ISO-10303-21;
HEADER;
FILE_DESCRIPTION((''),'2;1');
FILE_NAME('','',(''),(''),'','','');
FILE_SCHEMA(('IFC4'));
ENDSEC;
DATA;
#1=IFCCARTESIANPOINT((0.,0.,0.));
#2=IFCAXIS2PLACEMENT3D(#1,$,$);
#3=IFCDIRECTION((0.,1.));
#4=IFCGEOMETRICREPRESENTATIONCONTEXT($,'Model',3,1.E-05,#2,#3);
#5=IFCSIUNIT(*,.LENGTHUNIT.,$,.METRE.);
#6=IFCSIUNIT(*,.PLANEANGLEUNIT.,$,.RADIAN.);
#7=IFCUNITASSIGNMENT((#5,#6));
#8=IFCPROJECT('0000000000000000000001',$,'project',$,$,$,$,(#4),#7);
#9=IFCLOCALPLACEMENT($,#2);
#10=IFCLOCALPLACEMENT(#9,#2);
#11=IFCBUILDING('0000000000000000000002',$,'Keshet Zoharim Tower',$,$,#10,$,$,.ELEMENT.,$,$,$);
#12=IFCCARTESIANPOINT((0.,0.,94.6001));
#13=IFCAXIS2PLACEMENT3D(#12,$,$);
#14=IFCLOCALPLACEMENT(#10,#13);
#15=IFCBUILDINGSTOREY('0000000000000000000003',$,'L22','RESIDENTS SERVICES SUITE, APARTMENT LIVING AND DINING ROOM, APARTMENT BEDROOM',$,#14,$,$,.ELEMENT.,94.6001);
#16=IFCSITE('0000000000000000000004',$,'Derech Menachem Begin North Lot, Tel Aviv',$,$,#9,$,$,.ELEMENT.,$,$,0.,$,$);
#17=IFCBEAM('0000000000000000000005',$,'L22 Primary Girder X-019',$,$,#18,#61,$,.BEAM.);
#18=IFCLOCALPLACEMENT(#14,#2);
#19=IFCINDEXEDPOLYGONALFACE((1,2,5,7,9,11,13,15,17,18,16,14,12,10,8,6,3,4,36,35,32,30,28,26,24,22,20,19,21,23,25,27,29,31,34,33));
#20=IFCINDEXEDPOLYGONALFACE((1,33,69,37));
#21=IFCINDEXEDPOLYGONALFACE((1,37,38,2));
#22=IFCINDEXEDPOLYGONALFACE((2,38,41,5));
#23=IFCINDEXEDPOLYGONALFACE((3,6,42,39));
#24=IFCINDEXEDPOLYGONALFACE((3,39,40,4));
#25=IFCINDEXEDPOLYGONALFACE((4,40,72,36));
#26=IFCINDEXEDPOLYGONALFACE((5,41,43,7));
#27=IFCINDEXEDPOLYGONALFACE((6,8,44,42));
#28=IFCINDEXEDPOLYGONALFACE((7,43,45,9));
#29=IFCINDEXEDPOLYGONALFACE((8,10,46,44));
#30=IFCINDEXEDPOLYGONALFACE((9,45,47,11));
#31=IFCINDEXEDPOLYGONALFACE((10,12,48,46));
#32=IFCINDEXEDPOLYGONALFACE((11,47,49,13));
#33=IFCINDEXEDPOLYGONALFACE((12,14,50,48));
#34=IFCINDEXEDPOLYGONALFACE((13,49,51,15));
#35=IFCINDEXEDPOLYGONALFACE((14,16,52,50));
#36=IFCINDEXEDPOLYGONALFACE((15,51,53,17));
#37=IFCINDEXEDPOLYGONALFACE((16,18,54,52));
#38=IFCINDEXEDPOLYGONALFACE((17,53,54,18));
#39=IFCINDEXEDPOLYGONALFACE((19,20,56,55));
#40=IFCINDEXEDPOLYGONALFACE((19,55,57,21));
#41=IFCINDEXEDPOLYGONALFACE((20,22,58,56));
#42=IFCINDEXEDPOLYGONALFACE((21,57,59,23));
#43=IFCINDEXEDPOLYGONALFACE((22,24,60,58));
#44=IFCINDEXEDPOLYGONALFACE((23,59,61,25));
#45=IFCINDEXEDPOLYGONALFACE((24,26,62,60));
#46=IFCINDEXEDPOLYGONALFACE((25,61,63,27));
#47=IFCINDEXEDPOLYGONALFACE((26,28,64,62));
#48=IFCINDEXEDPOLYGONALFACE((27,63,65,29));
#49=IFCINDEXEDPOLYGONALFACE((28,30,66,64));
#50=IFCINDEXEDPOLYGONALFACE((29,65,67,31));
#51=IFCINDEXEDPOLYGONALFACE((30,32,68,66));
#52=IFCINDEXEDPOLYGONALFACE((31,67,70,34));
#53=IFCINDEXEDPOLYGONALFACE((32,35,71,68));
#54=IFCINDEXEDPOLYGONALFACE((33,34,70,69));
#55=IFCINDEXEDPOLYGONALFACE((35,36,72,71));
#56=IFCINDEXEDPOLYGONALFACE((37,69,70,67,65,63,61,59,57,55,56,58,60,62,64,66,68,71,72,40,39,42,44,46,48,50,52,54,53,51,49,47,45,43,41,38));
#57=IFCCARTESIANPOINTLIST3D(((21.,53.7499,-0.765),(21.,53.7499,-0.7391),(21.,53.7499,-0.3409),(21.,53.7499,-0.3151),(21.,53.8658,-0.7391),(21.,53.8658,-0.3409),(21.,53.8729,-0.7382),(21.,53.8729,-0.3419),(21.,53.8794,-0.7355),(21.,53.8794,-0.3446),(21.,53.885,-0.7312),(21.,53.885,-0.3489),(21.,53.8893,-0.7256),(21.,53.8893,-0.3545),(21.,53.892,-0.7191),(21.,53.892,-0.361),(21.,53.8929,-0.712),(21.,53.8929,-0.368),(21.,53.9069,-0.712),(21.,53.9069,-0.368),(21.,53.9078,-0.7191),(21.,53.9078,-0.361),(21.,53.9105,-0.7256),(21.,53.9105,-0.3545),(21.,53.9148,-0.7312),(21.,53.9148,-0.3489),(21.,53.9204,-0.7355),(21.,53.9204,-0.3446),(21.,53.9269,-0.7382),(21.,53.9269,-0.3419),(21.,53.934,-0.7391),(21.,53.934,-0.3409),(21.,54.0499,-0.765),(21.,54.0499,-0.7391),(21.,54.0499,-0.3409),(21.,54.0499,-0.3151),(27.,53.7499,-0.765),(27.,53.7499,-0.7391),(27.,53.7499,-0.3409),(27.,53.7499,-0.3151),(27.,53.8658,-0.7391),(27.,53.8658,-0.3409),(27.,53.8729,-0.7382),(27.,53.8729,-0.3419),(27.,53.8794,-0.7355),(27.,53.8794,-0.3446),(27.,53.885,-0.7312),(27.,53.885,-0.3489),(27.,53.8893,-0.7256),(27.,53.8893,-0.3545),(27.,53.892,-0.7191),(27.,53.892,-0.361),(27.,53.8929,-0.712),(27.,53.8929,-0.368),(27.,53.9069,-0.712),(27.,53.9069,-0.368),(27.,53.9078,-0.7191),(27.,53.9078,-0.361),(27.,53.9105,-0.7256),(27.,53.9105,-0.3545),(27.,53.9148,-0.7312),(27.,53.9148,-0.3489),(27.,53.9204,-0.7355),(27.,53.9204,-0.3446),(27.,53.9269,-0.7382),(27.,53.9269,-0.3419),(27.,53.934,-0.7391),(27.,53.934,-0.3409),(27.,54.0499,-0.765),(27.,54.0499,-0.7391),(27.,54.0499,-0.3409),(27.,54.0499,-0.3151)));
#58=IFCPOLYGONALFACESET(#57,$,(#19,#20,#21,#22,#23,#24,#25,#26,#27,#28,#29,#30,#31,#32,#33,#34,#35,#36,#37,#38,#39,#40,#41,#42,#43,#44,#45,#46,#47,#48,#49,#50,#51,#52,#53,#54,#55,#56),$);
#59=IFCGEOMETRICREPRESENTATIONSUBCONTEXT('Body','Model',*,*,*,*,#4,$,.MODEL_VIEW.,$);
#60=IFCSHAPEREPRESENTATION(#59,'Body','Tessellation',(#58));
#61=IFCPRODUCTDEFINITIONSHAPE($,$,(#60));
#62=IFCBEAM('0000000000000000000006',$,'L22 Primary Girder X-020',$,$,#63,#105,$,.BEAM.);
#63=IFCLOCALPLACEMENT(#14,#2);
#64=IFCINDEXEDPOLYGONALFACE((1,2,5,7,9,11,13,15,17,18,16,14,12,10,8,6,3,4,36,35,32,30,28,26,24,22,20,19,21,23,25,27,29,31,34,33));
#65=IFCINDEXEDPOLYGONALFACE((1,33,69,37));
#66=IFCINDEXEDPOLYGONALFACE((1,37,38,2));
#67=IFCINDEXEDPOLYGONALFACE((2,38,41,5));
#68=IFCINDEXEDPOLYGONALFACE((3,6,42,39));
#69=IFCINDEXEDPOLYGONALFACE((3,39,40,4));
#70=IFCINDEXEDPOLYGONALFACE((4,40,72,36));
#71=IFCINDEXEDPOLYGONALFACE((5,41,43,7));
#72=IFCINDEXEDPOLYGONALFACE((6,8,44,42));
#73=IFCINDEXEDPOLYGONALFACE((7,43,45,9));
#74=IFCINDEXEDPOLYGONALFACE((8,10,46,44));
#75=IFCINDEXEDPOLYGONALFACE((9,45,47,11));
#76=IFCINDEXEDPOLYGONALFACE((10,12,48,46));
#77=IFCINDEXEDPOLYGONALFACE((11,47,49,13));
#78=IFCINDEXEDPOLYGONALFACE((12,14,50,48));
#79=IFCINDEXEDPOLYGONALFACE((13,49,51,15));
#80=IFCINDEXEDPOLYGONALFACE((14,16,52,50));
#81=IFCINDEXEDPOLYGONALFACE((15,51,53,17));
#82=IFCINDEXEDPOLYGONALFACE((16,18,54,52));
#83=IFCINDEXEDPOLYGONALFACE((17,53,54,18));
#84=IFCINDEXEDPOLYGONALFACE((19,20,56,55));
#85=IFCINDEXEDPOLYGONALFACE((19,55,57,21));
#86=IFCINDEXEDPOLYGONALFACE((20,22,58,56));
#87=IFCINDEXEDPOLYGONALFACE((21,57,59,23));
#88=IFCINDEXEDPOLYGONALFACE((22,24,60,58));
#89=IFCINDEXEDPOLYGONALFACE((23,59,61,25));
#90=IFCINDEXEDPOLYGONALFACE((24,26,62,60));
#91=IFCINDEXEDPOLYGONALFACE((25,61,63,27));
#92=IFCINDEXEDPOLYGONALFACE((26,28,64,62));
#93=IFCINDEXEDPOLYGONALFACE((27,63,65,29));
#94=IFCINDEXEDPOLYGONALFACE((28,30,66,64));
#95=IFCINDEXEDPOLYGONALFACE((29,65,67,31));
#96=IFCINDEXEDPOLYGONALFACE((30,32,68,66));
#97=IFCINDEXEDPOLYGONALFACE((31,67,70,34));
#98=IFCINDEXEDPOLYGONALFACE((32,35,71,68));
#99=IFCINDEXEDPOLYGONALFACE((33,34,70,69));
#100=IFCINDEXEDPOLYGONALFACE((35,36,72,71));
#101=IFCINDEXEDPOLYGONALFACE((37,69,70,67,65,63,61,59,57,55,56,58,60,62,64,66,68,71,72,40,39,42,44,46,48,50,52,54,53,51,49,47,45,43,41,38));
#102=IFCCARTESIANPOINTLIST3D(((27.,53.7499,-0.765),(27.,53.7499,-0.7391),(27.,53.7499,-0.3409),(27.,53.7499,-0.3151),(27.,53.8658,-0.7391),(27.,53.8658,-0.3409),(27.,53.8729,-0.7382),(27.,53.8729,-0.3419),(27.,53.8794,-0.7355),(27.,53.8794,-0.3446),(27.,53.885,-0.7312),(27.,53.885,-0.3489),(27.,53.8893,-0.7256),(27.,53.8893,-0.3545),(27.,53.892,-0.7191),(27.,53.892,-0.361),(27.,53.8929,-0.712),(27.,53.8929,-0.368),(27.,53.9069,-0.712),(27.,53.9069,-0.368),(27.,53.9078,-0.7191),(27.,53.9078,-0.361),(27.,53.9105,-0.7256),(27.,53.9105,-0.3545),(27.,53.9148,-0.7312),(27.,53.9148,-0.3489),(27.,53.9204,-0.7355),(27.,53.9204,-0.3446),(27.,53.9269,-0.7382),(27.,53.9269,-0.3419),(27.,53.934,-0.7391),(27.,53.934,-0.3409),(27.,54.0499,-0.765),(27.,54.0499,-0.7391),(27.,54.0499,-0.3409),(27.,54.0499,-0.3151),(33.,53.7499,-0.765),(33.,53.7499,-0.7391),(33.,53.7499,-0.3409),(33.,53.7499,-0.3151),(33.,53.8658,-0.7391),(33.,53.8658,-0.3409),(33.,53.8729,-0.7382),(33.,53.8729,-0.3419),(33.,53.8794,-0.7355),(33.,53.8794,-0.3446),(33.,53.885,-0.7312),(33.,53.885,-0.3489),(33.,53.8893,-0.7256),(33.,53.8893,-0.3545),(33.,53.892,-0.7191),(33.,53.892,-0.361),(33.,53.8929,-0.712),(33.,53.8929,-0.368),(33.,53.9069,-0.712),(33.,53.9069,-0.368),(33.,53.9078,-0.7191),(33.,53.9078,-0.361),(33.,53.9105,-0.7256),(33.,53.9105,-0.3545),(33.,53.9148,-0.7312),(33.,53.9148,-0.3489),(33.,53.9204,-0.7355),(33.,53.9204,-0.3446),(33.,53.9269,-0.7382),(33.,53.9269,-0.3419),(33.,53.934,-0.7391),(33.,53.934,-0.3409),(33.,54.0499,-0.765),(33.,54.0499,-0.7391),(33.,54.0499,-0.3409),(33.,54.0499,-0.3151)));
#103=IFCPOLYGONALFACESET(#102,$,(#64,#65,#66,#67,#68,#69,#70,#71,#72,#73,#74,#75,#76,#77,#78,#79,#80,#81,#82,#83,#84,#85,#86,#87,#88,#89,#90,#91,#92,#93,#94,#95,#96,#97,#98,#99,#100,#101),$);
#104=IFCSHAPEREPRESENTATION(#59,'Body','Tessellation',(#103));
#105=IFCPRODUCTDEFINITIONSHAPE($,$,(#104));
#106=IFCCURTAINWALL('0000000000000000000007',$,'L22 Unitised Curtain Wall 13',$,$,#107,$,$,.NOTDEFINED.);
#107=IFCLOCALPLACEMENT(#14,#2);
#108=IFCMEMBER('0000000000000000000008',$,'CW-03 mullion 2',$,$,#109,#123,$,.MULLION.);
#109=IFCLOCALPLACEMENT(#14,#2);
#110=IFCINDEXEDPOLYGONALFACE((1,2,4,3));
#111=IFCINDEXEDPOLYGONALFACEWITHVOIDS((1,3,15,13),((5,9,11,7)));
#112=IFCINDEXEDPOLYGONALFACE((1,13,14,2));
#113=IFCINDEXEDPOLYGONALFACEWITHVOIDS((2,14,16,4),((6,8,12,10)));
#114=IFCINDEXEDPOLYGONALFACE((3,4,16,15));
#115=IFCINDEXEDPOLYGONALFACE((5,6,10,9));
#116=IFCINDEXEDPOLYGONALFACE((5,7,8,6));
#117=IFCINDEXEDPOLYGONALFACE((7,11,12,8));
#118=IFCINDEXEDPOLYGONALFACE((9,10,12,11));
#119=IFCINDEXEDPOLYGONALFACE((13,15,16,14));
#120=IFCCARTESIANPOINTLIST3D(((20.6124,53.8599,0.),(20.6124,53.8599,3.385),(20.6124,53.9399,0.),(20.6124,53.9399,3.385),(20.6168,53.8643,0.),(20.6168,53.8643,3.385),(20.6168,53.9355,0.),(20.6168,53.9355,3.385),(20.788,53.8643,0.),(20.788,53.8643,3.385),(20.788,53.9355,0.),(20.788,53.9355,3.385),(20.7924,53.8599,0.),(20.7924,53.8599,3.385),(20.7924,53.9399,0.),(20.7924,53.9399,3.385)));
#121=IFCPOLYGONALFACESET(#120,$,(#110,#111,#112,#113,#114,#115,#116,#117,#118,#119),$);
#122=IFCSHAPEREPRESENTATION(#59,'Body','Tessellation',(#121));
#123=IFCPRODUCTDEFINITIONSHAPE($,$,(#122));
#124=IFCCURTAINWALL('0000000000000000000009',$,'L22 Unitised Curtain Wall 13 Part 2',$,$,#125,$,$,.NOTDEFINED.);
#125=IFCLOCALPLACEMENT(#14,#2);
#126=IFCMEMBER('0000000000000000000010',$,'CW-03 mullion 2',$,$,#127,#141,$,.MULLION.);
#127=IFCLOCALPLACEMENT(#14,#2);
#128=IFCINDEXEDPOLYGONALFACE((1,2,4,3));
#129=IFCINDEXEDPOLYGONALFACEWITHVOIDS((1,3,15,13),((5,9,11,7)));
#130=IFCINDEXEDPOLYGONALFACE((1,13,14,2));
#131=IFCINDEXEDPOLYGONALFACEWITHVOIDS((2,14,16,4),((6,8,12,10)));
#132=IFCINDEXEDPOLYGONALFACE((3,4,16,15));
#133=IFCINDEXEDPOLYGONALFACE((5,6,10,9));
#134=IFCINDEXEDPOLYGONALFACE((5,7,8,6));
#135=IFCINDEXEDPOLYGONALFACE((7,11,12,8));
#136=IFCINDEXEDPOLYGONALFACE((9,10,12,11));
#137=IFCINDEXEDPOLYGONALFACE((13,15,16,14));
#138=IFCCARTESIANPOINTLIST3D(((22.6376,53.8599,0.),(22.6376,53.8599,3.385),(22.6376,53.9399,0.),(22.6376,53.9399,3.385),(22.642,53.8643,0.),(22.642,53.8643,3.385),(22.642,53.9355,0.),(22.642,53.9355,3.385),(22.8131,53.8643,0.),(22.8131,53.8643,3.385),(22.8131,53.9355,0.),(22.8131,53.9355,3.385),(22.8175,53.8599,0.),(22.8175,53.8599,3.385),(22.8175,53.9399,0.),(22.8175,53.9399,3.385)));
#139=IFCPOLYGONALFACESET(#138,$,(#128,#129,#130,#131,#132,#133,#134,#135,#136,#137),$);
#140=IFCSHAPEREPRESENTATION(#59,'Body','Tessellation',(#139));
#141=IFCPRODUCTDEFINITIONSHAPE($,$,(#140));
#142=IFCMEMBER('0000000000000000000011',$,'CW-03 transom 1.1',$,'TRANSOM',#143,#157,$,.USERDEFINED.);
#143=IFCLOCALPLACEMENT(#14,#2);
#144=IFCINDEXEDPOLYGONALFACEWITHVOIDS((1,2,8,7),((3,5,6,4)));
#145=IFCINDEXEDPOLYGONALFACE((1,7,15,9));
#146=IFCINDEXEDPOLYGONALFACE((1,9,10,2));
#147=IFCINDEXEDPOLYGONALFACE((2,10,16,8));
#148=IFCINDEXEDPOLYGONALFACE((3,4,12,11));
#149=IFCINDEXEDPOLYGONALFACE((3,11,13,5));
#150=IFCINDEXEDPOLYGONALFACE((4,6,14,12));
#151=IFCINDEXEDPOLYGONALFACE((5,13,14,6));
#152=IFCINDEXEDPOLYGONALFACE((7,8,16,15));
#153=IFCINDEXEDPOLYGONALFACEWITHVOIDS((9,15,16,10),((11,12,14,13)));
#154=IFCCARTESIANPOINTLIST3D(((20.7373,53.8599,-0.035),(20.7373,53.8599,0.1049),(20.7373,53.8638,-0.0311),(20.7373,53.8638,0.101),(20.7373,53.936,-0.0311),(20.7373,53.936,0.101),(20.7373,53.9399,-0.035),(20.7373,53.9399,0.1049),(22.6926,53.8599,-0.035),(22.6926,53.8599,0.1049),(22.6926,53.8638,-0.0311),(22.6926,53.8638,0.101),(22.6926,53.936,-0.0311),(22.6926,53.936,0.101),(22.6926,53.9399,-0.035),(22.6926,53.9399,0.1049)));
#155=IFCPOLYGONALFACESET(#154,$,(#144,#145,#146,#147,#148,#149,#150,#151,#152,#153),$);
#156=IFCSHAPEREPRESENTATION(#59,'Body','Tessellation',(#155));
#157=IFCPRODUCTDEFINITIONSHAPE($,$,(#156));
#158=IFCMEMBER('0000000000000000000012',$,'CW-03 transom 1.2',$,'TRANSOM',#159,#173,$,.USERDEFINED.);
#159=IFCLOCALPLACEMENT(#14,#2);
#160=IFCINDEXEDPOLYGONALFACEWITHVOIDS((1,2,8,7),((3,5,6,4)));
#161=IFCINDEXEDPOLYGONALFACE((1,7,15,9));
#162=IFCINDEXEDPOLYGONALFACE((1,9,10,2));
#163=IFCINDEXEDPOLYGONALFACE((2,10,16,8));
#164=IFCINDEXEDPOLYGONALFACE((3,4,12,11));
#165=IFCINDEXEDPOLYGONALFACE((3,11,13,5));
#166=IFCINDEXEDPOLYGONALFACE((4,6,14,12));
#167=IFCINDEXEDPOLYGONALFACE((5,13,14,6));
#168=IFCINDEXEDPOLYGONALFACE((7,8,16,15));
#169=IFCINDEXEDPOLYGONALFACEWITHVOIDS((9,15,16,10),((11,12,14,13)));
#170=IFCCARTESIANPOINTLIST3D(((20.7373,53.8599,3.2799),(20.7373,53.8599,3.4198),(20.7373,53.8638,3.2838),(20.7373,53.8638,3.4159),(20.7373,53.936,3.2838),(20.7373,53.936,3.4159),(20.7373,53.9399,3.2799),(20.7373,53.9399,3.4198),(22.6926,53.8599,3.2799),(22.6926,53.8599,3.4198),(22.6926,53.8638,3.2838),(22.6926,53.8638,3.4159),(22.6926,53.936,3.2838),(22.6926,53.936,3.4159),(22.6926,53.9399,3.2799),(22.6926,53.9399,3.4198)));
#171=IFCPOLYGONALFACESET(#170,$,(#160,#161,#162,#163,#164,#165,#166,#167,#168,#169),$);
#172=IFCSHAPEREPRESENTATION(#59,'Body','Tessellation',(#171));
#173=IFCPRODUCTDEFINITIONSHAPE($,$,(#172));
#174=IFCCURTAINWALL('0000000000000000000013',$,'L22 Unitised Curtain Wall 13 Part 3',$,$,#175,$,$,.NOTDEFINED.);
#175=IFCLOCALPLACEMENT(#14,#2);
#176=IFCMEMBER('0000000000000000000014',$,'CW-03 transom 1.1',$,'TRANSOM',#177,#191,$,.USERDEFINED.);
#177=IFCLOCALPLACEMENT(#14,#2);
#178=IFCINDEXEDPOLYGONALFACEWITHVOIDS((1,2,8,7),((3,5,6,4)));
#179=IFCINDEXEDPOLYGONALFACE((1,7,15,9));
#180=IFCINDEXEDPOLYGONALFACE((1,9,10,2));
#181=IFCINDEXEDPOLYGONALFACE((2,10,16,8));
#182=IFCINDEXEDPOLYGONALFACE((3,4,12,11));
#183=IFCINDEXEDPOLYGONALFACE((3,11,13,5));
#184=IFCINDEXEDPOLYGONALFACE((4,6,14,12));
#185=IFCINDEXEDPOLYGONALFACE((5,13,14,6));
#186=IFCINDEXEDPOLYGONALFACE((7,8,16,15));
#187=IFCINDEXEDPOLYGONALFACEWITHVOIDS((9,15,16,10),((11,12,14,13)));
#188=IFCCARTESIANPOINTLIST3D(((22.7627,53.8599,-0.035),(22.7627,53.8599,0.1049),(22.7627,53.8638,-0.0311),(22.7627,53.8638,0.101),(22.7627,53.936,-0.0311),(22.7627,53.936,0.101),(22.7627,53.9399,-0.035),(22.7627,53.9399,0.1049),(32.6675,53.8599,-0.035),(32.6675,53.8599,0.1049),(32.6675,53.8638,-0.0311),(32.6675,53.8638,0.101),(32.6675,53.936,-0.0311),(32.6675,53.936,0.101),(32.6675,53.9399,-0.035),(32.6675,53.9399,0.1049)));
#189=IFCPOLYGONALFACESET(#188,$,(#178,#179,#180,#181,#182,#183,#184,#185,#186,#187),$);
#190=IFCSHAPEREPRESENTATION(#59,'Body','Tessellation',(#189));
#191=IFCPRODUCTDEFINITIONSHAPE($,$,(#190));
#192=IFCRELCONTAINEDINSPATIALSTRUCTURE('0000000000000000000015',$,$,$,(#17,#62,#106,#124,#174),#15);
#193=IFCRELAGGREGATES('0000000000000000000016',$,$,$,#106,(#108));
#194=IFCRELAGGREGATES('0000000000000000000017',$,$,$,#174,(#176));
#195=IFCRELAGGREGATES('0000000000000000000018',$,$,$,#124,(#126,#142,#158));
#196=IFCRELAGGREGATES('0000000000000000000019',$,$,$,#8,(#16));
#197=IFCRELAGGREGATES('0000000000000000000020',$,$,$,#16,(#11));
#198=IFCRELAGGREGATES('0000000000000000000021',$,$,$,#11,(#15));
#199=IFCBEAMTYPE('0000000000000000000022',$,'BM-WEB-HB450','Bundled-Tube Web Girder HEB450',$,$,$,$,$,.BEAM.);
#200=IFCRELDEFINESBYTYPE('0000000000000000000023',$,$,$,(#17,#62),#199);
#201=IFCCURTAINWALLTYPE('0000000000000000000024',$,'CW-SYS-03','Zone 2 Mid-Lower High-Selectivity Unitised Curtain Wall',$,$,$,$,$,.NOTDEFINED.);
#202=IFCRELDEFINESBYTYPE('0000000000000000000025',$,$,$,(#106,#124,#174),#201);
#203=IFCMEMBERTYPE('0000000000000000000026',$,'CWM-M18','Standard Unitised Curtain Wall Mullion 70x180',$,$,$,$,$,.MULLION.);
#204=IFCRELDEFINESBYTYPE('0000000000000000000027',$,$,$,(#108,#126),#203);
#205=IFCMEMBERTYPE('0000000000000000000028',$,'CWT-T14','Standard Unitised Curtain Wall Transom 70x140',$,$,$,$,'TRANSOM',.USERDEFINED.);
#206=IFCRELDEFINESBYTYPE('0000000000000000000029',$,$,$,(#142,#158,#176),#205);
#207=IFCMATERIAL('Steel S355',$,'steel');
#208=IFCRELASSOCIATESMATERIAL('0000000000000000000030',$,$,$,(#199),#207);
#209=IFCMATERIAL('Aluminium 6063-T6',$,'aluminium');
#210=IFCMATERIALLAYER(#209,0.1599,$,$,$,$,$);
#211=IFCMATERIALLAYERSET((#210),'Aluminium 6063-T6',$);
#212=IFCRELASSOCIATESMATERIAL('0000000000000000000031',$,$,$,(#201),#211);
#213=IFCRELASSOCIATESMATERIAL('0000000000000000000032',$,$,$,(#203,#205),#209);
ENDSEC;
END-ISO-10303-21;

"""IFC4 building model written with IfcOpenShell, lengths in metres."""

from ifc_helpers import new_model, si_unit, direction, frame, origin, origin_2d, place, context, subcontext, project, spatial, hollow_rectangle, i_section, extrude, material, layer, layer_set, material_profile, profile_set, type_object, element, aggregate, save


model = new_model("IFC4")

# Units and contexts
model_context = context("Model", 3, precision=1e-05, world=origin(), true_north=direction((0.0, 1.0)))
body_context = subcontext(model_context, "Body", "Model", "MODEL_VIEW")
ifc_project = project(units=[si_unit("LENGTHUNIT", "METRE"), si_unit("PLANEANGLEUNIT", "RADIAN")], contexts=[model_context])

# Site, building, storey
site_placement = place(None, origin())
site = spatial("IfcSite", under=ifc_project, at=site_placement, Name="Derech Menachem Begin North Lot, Tel Aviv", CompositionType="ELEMENT", RefElevation=0.0)
building_placement = place(site_placement, origin())
building = spatial("IfcBuilding", under=site, at=building_placement, Name="Keshet Zoharim Tower", CompositionType="ELEMENT")
storey_placement = place(building_placement, frame((0.0, 0.0, 94.6001)))
storey = spatial("IfcBuildingStorey", under=building, at=storey_placement, Name="L22", Description="RESIDENTS SERVICES SUITE, APARTMENT LIVING AND DINING ROOM, APARTMENT BEDROOM", CompositionType="ELEMENT", Elevation=94.6001)

# Shared definitions
ifc_material_1 = material(Name="Steel S355", Category="steel")

# Beams
ifc_material_profile_1 = material_profile(ifc_material_1, i_section(OverallWidth=0.3, OverallDepth=0.45, WebThickness=0.0139, FlangeThickness=0.0259, FilletRadius=0.0271, at=origin_2d()), Name="HEB450")
ifc_profile_set_1 = profile_set([ifc_material_profile_1], Name="Steel S355")
beam_type_1 = type_object("IfcBeamType", Name="BM-WEB-HB450", Description="Bundled-Tube Web Girder HEB450", PredefinedType="BEAM", material=ifc_profile_set_1)
for number, where, z_axis, x_axis, name in (
    (1, (21.0, 53.8999, -0.54), (1.0, 0.0, 0.0), (0.0, 1.0, 0.0), "L22 Primary Girder X-019"),
    (2, (27.0, 53.8999, -0.54), (1.0, 0.0, 0.0), (0.0, 1.0, 0.0), "L22 Primary Girder X-020"),
):
    element("IfcBeam", number, at=place(storey_placement, frame(where, z_axis=z_axis, x_axis=x_axis)), inside=storey, type_object=beam_type_1, Name=name, PredefinedType="BEAM", context=body_context, shape_type="SweptSolid", body=[
        extrude(i_section(OverallWidth=0.3, OverallDepth=0.45, WebThickness=0.0139, FlangeThickness=0.0259, FilletRadius=0.0271, at=origin_2d()), origin(), (0.0, 0.0, 1.0), 6.0),
    ])

# Curtain wall, member
ifc_material_2 = material(Name="Aluminium 6063-T6", Category="aluminium")
ifc_layer_1 = layer(ifc_material_2, 0.1599)
ifc_layer_set_1 = layer_set([ifc_layer_1], Name="Aluminium 6063-T6")
curtain_wall_type = type_object("IfcCurtainWallType", Name="CW-SYS-03", Description="Zone 2 Mid-Lower High-Selectivity Unitised Curtain Wall", PredefinedType="NOTDEFINED", material=ifc_layer_set_1)
curtain_wall_1_placement = place(storey_placement, origin())
curtain_wall_1 = element("IfcCurtainWall", 3, at=curtain_wall_1_placement, inside=storey, type_object=curtain_wall_type, Name="L22 Unitised Curtain Wall 13", PredefinedType="NOTDEFINED")
ifc_material_profile_2 = material_profile(ifc_material_2, hollow_rectangle(XDim=0.0801, YDim=0.1799, WallThickness=0.0044, at=origin_2d()), Name="MUL-80x180")
ifc_profile_set_2 = profile_set([ifc_material_profile_2], Name="Aluminium 6063-T6")
member_type_1 = type_object("IfcMemberType", Name="CWM-M18", Description="Standard Unitised Curtain Wall Mullion 70x180", PredefinedType="MULLION", material=ifc_profile_set_2)
member_1_placement = place(storey_placement, frame((20.7024, 53.8999, 0.0), z_axis=(0.0, 0.0, 1.0), x_axis=(0.0, 1.0, 0.0)))
member_1 = element("IfcMember", 4, at=member_1_placement, type_object=member_type_1, Name="CW-03 mullion 2", PredefinedType="MULLION", context=body_context, shape_type="SweptSolid", body=[
    extrude(hollow_rectangle(XDim=0.0801, YDim=0.1799, WallThickness=0.0044, at=origin_2d()), origin(), (0.0, 0.0, 1.0), 3.385),
])

# Curtain walls, members
curtain_wall_2_placement = place(storey_placement, origin())
curtain_wall_2 = element("IfcCurtainWall", 5, at=curtain_wall_2_placement, inside=storey, type_object=curtain_wall_type, Name="L22 Unitised Curtain Wall 13 Part 2", PredefinedType="NOTDEFINED")
member_2_placement = place(storey_placement, frame((22.7275, 53.8999, 0.0), z_axis=(0.0, 0.0, 1.0), x_axis=(0.0, 1.0, 0.0)))
member_2 = element("IfcMember", 6, at=member_2_placement, type_object=member_type_1, Name="CW-03 mullion 2", PredefinedType="MULLION", context=body_context, shape_type="SweptSolid", body=[
    extrude(hollow_rectangle(XDim=0.0801, YDim=0.1799, WallThickness=0.0044, at=origin_2d()), origin(), (0.0, 0.0, 1.0), 3.385),
])
ifc_material_profile_3 = material_profile(ifc_material_2, hollow_rectangle(XDim=0.0801, YDim=0.1399, WallThickness=0.0039, at=origin_2d()), Name="TRN-80x140")
ifc_profile_set_3 = profile_set([ifc_material_profile_3], Name="Aluminium 6063-T6")
member_type_2 = type_object("IfcMemberType", Name="CWT-T14", Description="Standard Unitised Curtain Wall Transom 70x140", ElementType="TRANSOM", PredefinedType="USERDEFINED", material=ifc_profile_set_3)
member_3_placement = place(storey_placement, frame((20.7373, 53.8999, 0.0349), z_axis=(1.0, 0.0, 0.0), x_axis=(0.0, 1.0, 0.0)))
member_3 = element("IfcMember", 7, at=member_3_placement, type_object=member_type_2, Name="CW-03 transom 1.1", ObjectType="TRANSOM", PredefinedType="USERDEFINED", context=body_context, shape_type="SweptSolid", body=[
    extrude(hollow_rectangle(XDim=0.0801, YDim=0.1399, WallThickness=0.0039, at=origin_2d()), origin(), (0.0, 0.0, 1.0), 1.9553),
])
member_4_placement = place(storey_placement, frame((20.7373, 53.8999, 3.3499), z_axis=(1.0, 0.0, 0.0), x_axis=(0.0, 1.0, 0.0)))
member_4 = element("IfcMember", 8, at=member_4_placement, type_object=member_type_2, Name="CW-03 transom 1.2", ObjectType="TRANSOM", PredefinedType="USERDEFINED", context=body_context, shape_type="SweptSolid", body=[
    extrude(hollow_rectangle(XDim=0.0801, YDim=0.1399, WallThickness=0.0039, at=origin_2d()), origin(), (0.0, 0.0, 1.0), 1.9553),
])
curtain_wall_3_placement = place(storey_placement, origin())
curtain_wall_3 = element("IfcCurtainWall", 9, at=curtain_wall_3_placement, inside=storey, type_object=curtain_wall_type, Name="L22 Unitised Curtain Wall 13 Part 3", PredefinedType="NOTDEFINED")
member_5_placement = place(storey_placement, frame((22.7627, 53.8999, 0.0349), z_axis=(1.0, 0.0, 0.0), x_axis=(0.0, 1.0, 0.0)))
member_5 = element("IfcMember", 10, at=member_5_placement, type_object=member_type_2, Name="CW-03 transom 1.1", ObjectType="TRANSOM", PredefinedType="USERDEFINED", context=body_context, shape_type="SweptSolid", body=[
    extrude(hollow_rectangle(XDim=0.0801, YDim=0.1399, WallThickness=0.0039, at=origin_2d()), origin(), (0.0, 0.0, 1.0), 9.9048),
])

aggregate(curtain_wall_1, [member_1])
aggregate(curtain_wall_3, [member_5])
aggregate(curtain_wall_2, [member_2, member_3, member_4])

save(model, "model.ifc")
